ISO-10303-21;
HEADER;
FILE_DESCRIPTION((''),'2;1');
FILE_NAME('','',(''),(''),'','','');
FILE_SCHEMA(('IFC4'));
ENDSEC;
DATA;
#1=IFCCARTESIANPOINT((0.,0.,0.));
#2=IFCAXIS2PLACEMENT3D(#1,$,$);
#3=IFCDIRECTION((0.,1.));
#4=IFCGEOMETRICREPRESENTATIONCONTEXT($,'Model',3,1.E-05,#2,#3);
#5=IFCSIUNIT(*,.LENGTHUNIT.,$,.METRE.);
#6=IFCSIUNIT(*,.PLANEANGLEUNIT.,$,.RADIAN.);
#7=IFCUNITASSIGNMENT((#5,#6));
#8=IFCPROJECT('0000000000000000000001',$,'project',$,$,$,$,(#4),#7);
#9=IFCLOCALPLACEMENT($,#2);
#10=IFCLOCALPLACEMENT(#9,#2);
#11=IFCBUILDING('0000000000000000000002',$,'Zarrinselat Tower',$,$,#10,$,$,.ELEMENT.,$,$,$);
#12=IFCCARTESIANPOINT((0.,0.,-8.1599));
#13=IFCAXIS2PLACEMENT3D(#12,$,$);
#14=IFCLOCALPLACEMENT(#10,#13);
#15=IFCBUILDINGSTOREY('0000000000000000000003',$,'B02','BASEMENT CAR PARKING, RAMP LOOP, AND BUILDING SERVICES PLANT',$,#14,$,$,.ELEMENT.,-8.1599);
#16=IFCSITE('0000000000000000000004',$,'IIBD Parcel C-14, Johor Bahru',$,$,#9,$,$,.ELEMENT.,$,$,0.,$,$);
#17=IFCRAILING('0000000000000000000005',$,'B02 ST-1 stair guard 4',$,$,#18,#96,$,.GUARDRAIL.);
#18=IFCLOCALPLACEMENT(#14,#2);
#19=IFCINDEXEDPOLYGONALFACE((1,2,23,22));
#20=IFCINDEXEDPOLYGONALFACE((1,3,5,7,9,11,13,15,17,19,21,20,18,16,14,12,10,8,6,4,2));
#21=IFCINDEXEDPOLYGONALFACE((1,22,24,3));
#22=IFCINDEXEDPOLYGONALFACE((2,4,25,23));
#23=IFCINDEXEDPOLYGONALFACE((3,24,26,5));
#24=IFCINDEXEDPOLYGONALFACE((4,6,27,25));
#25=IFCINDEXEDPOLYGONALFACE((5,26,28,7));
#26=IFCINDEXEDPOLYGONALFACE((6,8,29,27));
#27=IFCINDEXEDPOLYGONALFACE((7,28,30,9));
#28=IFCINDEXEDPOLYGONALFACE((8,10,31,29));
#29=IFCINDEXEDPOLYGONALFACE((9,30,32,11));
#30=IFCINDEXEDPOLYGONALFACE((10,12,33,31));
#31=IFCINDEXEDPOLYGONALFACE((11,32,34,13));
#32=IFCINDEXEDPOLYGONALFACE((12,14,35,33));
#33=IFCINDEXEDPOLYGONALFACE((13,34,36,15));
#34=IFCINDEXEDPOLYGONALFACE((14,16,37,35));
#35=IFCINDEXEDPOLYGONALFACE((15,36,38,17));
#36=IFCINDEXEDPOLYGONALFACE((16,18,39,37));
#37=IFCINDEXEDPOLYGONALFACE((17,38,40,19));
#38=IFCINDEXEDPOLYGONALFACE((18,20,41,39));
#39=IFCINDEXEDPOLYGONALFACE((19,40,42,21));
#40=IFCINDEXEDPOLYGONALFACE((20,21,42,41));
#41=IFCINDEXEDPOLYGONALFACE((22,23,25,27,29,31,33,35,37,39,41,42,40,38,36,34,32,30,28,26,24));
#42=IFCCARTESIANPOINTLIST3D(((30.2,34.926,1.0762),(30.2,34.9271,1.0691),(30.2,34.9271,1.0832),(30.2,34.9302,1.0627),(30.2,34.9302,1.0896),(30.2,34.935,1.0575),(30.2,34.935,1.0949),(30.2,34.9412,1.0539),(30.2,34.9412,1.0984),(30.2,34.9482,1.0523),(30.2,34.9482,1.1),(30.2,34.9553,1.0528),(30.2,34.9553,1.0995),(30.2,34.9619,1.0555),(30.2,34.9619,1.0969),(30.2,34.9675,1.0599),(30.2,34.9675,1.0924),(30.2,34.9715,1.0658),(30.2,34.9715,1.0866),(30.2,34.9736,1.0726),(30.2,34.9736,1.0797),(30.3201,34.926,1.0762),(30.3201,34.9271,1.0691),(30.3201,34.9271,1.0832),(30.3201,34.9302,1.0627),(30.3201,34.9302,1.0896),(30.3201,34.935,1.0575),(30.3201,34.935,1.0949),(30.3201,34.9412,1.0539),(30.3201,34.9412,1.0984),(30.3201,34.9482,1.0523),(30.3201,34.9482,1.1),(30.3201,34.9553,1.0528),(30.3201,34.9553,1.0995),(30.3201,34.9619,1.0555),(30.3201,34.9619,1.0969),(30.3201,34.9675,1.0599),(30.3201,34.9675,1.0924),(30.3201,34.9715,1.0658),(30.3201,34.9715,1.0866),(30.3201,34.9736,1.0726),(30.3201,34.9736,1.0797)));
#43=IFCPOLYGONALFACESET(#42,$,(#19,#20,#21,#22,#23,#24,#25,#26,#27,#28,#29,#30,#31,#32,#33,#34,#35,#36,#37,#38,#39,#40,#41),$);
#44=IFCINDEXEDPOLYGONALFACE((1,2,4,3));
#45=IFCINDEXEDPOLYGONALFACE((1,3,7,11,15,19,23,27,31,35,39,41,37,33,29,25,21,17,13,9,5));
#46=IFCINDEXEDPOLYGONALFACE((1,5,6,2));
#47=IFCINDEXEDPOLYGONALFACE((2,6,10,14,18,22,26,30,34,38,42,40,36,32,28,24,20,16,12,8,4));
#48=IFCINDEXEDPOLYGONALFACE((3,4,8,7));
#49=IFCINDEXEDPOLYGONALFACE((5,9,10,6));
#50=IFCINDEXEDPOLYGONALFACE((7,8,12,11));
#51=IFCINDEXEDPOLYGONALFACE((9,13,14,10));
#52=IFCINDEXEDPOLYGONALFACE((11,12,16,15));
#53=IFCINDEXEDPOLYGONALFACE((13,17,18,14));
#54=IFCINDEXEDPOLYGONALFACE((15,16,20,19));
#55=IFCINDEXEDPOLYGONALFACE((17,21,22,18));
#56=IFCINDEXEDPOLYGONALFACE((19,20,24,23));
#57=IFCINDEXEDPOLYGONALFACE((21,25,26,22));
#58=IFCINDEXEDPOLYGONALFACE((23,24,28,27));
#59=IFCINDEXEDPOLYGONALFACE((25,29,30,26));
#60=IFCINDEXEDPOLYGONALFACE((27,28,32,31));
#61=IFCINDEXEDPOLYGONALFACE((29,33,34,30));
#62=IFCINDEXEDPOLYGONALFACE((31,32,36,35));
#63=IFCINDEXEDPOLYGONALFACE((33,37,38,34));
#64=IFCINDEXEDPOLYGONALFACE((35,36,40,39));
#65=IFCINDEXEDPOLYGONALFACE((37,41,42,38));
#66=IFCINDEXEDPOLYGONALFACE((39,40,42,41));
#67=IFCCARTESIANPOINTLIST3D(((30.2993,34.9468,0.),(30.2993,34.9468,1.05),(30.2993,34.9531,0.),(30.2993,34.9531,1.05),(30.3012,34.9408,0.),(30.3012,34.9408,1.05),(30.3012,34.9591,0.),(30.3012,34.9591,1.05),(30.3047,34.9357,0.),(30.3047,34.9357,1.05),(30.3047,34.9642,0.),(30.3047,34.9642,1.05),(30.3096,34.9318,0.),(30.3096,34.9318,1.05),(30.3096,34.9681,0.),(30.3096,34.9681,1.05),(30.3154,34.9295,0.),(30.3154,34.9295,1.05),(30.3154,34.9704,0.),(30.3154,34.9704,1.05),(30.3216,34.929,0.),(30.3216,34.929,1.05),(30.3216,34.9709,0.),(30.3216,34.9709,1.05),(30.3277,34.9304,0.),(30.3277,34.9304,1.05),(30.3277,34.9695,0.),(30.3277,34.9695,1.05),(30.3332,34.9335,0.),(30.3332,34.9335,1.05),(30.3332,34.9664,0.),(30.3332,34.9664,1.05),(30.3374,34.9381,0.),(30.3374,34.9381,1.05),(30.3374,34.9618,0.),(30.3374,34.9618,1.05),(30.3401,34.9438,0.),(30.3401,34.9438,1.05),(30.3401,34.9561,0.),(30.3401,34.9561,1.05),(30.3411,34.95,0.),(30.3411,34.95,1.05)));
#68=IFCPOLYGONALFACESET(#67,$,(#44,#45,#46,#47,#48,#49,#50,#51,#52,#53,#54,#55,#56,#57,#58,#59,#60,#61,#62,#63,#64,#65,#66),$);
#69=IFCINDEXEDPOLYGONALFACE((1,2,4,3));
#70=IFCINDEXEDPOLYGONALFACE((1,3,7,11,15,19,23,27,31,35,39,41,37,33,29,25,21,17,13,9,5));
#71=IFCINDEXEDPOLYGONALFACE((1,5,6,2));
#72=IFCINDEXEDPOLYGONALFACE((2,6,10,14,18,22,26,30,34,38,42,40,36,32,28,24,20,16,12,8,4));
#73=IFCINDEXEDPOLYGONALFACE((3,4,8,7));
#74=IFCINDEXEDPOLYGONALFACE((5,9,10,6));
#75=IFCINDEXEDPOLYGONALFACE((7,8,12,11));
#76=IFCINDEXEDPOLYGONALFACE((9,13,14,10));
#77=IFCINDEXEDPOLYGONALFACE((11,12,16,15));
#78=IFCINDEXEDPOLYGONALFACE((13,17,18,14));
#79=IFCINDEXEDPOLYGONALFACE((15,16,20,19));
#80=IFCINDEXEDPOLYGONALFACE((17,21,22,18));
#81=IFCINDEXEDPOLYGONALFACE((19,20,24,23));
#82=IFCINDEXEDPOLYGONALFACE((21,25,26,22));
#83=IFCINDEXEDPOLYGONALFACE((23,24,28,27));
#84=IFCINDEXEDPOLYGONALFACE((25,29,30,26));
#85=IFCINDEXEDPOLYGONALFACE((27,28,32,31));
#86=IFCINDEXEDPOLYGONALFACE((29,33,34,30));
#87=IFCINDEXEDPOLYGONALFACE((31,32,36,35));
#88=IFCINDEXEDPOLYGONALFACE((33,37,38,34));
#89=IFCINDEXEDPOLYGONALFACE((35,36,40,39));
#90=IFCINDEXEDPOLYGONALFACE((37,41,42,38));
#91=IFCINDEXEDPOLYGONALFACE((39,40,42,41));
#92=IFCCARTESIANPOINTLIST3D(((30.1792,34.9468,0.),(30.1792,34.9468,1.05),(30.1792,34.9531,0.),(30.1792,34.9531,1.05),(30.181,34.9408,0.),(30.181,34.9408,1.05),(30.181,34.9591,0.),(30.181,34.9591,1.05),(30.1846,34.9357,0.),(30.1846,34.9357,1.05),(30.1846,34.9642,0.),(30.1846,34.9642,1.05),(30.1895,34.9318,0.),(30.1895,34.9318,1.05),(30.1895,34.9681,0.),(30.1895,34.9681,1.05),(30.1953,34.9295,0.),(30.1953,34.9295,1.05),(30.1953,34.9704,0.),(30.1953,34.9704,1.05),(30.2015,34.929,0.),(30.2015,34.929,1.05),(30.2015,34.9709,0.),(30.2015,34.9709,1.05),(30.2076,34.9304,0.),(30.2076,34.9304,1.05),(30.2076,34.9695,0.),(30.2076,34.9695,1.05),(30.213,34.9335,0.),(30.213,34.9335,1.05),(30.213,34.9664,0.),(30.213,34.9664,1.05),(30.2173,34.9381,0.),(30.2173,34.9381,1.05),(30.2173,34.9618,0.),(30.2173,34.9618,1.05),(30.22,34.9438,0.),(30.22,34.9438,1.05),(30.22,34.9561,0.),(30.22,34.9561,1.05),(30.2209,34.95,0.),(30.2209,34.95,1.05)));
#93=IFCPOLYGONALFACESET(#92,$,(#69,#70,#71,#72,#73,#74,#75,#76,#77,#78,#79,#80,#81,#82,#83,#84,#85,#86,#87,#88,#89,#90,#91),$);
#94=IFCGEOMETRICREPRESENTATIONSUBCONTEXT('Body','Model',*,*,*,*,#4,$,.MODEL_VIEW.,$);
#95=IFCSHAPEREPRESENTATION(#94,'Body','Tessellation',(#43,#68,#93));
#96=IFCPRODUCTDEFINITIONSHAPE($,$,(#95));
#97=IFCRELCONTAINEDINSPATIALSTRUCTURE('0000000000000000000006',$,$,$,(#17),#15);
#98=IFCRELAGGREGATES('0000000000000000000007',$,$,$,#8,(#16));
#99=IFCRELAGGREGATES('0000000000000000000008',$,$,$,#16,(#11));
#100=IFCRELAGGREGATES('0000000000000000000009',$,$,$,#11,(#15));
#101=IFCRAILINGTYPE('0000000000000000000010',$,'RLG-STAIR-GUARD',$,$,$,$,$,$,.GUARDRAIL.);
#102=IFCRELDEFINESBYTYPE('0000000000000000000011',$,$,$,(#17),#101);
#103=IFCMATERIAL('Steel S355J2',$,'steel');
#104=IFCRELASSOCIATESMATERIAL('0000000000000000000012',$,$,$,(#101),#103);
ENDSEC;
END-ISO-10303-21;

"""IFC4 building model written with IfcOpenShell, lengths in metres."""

from ifc_helpers import new_model, si_unit, direction, frame, origin, origin_2d, place, context, subcontext, project, spatial, circle, extrude, material, type_object, element, save


model = new_model("IFC4")

# Units and contexts
model_context = context("Model", 3, precision=1e-05, world=origin(), true_north=direction((0.0, 1.0)))
body_context = subcontext(model_context, "Body", "Model", "MODEL_VIEW")
ifc_project = project(units=[si_unit("LENGTHUNIT", "METRE"), si_unit("PLANEANGLEUNIT", "RADIAN")], contexts=[model_context])

# Site, building, storey
site_placement = place(None, origin())
site = spatial("IfcSite", under=ifc_project, at=site_placement, Name="IIBD Parcel C-14, Johor Bahru", CompositionType="ELEMENT", RefElevation=0.0)
building_placement = place(site_placement, origin())
building = spatial("IfcBuilding", under=site, at=building_placement, Name="Zarrinselat Tower", CompositionType="ELEMENT")
storey_placement = place(building_placement, frame((0.0, 0.0, -8.1599)))
storey = spatial("IfcBuildingStorey", under=building, at=storey_placement, Name="B02", Description="BASEMENT CAR PARKING, RAMP LOOP, AND BUILDING SERVICES PLANT", CompositionType="ELEMENT", Elevation=-8.1599)

# Railing
ifc_material_1 = material(Name="Steel S355J2", Category="steel")
railing_type_1 = type_object("IfcRailingType", Name="RLG-STAIR-GUARD", PredefinedType="GUARDRAIL", material=ifc_material_1)
railing_1_placement = place(storey_placement, frame((30.3201, 34.95, 0.0)))
element("IfcRailing", 1, at=railing_1_placement, inside=storey, type_object=railing_type_1, Name="B02 ST-1 stair guard 4", PredefinedType="GUARDRAIL", context=body_context, shape_type="SweptSolid", body=[
    extrude(circle(Radius=0.0239, at=origin_2d()), frame((0.0, 0.0, 1.0762), z_axis=(-1.0, 0.0, 0.0), x_axis=(0.0, -1.0, 0.0)), (0.0, 0.0, 1.0), 0.1201),
    extrude(circle(Radius=0.021, at=origin_2d()), origin(), (0.0, 0.0, 1.0), 1.05),
    extrude(circle(Radius=0.021, at=origin_2d()), frame((-0.1201, 0.0, 0.0)), (0.0, 0.0, 1.0), 1.05),
])

save(model, "model.ifc")
